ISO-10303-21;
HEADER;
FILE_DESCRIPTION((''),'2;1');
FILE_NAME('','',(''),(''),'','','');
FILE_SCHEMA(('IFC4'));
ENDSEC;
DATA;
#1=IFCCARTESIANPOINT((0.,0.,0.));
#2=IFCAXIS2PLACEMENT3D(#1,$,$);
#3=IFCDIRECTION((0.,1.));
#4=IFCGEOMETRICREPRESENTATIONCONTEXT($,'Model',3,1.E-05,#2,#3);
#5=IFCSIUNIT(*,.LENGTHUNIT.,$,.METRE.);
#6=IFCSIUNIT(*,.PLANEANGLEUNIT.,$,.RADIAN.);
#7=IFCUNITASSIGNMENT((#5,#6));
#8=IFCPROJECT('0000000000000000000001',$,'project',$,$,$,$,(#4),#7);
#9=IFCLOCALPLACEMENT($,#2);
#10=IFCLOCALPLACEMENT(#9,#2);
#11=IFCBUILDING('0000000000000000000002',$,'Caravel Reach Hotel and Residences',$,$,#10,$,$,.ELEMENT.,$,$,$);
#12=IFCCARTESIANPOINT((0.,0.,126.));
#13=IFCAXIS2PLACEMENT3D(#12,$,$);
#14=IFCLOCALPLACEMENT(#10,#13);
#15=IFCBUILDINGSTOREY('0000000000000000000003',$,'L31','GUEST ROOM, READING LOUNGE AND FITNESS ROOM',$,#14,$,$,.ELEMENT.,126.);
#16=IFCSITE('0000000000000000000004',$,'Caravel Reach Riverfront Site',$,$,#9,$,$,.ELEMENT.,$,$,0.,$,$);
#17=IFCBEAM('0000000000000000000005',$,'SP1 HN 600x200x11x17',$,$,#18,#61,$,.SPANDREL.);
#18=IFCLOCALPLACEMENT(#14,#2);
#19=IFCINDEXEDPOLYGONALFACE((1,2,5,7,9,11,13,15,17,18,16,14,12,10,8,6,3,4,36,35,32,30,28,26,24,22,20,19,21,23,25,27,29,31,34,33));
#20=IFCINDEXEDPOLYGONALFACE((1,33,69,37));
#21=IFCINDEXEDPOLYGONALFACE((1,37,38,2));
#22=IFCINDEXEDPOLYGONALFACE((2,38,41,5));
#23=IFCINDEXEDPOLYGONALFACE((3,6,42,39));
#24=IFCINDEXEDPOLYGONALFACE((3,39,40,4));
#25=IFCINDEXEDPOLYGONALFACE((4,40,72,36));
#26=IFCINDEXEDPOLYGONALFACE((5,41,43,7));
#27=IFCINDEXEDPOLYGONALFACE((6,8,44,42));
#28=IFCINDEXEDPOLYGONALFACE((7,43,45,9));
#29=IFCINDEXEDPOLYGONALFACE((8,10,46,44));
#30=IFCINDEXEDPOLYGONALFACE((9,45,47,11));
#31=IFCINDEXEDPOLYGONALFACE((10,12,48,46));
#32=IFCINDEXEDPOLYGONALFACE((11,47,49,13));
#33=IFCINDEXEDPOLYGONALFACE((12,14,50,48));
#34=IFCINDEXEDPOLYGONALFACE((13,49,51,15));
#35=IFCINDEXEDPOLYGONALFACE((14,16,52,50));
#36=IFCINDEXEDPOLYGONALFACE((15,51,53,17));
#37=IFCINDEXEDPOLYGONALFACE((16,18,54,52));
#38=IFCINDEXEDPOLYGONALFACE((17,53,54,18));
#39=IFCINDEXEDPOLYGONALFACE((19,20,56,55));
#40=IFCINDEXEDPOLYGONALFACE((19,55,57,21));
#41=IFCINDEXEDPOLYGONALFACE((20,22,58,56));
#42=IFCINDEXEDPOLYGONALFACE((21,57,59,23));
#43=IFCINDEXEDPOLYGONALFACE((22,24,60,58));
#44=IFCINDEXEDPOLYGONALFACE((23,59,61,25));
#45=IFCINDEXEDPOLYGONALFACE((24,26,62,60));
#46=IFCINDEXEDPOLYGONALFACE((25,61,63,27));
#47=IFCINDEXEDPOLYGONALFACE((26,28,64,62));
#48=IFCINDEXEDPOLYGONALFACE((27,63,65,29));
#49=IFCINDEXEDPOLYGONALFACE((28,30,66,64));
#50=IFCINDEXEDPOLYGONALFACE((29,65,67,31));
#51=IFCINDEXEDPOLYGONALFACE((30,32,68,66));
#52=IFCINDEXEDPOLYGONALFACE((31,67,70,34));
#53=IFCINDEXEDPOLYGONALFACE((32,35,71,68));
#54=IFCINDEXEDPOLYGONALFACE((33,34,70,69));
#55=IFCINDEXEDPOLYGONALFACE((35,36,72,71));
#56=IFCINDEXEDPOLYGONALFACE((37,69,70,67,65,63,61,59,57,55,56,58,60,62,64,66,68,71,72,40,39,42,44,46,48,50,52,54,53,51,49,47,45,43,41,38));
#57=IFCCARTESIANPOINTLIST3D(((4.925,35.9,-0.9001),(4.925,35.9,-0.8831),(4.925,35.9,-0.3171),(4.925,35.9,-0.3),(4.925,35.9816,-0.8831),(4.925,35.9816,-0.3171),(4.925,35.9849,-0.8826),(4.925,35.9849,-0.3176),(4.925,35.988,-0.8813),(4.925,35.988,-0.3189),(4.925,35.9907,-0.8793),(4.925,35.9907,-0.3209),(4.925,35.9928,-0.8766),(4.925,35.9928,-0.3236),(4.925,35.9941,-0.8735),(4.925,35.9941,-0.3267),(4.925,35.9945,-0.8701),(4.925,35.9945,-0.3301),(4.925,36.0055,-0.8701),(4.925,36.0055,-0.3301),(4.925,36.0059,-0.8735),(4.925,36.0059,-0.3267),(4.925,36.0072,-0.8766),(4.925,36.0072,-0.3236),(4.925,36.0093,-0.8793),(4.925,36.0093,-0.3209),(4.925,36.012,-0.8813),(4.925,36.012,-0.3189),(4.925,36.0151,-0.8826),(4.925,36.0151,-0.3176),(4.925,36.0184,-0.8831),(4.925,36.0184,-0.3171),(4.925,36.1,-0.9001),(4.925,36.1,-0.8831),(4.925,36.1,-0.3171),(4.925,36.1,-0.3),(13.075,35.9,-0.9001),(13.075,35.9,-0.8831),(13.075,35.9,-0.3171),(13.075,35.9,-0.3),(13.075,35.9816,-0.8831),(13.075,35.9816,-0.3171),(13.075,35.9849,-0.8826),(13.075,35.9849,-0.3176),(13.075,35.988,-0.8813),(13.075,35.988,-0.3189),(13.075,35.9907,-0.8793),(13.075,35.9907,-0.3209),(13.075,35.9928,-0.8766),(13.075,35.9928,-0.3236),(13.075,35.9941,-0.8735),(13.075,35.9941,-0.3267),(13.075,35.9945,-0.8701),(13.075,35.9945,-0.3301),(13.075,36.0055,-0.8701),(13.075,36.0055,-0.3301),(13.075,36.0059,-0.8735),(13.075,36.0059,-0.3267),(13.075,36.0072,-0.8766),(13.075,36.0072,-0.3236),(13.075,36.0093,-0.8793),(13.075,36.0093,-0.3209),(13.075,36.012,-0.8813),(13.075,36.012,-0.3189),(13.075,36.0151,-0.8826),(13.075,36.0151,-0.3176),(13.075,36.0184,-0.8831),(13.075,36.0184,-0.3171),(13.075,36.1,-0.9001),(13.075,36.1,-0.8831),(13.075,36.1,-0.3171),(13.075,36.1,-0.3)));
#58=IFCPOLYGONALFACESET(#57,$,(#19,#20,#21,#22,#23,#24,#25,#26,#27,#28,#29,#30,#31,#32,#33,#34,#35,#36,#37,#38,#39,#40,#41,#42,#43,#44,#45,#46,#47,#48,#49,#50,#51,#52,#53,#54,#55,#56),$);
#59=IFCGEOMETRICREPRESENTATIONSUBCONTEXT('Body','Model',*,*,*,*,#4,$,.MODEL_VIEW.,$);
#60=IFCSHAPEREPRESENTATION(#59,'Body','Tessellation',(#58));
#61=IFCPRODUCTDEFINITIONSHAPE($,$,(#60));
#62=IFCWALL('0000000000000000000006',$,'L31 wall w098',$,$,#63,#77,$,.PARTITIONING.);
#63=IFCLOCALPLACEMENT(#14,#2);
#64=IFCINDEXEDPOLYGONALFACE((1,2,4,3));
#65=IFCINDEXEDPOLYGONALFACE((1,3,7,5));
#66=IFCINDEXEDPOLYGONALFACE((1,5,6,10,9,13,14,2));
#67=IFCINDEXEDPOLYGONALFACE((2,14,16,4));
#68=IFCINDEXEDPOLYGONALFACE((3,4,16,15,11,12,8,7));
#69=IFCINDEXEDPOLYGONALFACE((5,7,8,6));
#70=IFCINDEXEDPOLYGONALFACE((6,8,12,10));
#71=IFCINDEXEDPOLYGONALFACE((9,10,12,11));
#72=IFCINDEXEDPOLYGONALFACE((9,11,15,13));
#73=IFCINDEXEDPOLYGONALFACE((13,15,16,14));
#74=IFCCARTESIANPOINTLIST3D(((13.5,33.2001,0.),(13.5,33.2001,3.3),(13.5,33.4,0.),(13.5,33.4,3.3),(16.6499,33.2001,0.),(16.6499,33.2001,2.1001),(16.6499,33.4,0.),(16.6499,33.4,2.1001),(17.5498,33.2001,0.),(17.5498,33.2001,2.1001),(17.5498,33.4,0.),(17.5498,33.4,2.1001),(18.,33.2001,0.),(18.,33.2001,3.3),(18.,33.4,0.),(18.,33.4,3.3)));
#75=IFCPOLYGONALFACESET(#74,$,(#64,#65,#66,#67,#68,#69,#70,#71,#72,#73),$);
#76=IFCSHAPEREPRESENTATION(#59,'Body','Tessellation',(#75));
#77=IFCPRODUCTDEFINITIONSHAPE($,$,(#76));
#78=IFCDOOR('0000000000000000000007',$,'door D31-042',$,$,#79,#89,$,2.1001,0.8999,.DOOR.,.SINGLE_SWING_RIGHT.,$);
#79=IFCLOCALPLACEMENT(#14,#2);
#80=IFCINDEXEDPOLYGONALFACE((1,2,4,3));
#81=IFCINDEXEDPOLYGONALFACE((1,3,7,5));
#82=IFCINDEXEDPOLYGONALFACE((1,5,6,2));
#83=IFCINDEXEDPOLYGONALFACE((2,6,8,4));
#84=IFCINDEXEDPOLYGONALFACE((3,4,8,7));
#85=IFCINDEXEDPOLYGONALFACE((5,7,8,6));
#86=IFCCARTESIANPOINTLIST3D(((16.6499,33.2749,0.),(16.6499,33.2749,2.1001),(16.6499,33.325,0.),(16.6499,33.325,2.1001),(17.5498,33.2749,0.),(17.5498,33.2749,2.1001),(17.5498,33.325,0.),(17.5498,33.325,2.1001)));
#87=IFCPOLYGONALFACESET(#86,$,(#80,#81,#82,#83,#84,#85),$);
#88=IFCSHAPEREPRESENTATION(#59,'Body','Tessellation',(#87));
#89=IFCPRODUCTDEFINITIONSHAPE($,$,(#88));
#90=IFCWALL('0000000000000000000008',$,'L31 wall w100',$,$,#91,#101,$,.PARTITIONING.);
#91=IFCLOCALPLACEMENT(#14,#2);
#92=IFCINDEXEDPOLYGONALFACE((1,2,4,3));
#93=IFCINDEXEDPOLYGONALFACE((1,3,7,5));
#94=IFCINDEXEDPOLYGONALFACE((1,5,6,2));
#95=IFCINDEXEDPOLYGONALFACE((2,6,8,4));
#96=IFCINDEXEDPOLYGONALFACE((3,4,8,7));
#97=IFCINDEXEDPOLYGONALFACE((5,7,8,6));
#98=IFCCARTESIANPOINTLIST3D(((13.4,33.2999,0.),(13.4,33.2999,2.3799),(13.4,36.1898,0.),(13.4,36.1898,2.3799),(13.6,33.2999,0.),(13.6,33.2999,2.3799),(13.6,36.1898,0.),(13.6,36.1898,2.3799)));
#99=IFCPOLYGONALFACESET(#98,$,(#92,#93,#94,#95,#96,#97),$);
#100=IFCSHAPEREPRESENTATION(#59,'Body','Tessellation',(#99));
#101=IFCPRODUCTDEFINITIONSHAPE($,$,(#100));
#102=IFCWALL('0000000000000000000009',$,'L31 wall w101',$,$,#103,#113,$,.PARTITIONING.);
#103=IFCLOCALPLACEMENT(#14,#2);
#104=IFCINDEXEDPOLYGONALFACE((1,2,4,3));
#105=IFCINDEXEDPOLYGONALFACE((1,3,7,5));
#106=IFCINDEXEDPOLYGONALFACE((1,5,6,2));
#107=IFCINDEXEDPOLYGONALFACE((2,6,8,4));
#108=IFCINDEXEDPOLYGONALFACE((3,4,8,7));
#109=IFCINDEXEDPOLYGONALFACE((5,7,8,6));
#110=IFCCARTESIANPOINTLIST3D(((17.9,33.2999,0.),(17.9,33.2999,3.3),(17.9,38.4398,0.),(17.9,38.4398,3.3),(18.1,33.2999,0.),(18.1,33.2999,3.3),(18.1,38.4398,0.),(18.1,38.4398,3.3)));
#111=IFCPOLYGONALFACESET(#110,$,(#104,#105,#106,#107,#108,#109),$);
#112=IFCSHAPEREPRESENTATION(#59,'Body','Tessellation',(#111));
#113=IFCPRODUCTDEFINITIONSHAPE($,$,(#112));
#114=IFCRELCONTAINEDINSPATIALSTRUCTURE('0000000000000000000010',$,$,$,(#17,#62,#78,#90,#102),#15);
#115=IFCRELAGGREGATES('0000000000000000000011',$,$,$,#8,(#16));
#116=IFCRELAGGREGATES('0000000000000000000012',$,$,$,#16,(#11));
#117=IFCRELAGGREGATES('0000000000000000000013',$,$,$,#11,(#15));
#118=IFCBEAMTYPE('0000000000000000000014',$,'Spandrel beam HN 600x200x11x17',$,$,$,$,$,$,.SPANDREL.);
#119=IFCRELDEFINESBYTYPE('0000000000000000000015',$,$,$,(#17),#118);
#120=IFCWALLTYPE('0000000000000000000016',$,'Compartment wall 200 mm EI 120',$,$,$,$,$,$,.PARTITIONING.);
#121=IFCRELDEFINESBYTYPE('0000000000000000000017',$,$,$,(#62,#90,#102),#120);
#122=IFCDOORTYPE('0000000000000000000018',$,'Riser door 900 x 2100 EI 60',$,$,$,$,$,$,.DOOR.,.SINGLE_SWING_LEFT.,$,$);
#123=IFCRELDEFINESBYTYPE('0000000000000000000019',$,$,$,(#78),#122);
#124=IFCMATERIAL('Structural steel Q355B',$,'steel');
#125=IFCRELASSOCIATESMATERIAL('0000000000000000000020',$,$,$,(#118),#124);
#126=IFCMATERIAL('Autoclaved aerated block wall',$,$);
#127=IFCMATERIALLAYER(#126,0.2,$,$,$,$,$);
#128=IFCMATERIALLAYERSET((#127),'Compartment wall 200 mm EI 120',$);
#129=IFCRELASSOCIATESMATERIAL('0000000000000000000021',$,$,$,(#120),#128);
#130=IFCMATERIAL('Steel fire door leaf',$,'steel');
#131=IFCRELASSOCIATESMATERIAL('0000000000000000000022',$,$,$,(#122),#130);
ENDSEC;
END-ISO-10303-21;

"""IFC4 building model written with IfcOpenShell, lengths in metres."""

from ifc_helpers import new_model, si_unit, direction, frame, frame_2d, origin, origin_2d, place, context, subcontext, project, spatial, rectangle, i_section, extrude, material, layer, layer_set, material_profile, profile_set, type_object, element, fill, save


model = new_model("IFC4")

# Units and contexts
model_context = context("Model", 3, precision=1e-05, world=origin(), true_north=direction((0.0, 1.0)))
body_context = subcontext(model_context, "Body", "Model", "MODEL_VIEW")
ifc_project = project(units=[si_unit("LENGTHUNIT", "METRE"), si_unit("PLANEANGLEUNIT", "RADIAN")], contexts=[model_context])

# Site, building, storey
site_placement = place(None, origin())
site = spatial("IfcSite", under=ifc_project, at=site_placement, Name="Caravel Reach Riverfront Site", CompositionType="ELEMENT", RefElevation=0.0)
building_placement = place(site_placement, origin())
building = spatial("IfcBuilding", under=site, at=building_placement, Name="Caravel Reach Hotel and Residences", CompositionType="ELEMENT")
storey_placement = place(building_placement, frame((0.0, 0.0, 126.0)))
storey = spatial("IfcBuildingStorey", under=building, at=storey_placement, Name="L31", Description="GUEST ROOM, READING LOUNGE AND FITNESS ROOM", CompositionType="ELEMENT", Elevation=126.0)

# Beam
ifc_material_1 = material(Name="Structural steel Q355B", Category="steel")
ifc_material_profile_1 = material_profile(ifc_material_1, i_section(OverallWidth=0.2, OverallDepth=0.6001, WebThickness=0.011, FlangeThickness=0.0171, FilletRadius=0.0129, at=origin_2d()), Name="HN 600x200x11x17")
ifc_profile_set_1 = profile_set([ifc_material_profile_1], Name="Structural steel Q355B")
beam_type_1 = type_object("IfcBeamType", Name="Spandrel beam HN 600x200x11x17", PredefinedType="SPANDREL", material=ifc_profile_set_1)
beam_1_placement = place(storey_placement, frame((13.075, 36.0, -0.6001), z_axis=(-1.0, 0.0, 0.0), x_axis=(0.0, -1.0, 0.0)))
element("IfcBeam", 1, at=beam_1_placement, inside=storey, type_object=beam_type_1, Name="SP1 HN 600x200x11x17", PredefinedType="SPANDREL", context=body_context, shape_type="SweptSolid", body=[
    extrude(i_section(OverallWidth=0.2, OverallDepth=0.6001, WebThickness=0.011, FlangeThickness=0.0171, FilletRadius=0.0129, at=origin_2d()), origin(), (0.0, 0.0, 1.0), 8.1499),
])

# Wall, opening, door
ifc_material_2 = material(Name="Autoclaved aerated block wall")
ifc_layer_1 = layer(ifc_material_2, 0.2)
ifc_layer_set_1 = layer_set([ifc_layer_1], Name="Compartment wall 200 mm EI 120")
wall_type_1 = type_object("IfcWallType", Name="Compartment wall 200 mm EI 120", PredefinedType="PARTITIONING", material=ifc_layer_set_1)
wall_1_placement = place(storey_placement, frame((13.5, 33.3, 0.0), z_axis=(0.0, 0.0, 1.0), x_axis=(1.0, 0.0, 0.0)))
wall_1 = element("IfcWall", 2, at=wall_1_placement, inside=storey, type_object=wall_type_1, Name="L31 wall w098", PredefinedType="PARTITIONING", context=body_context, shape_type="SweptSolid", body=[
    extrude(rectangle(XDim=4.5, YDim=0.2, at=frame_2d((2.25, 0.0))), origin(), (0.0, 0.0, 1.0), 3.3),
])
opening_1_placement = place(wall_1_placement, frame((3.1499, 0.0, 0.0)))
opening_1 = element("IfcOpeningElement", 3, at=opening_1_placement, cuts=wall_1, PredefinedType="OPENING", context=body_context, shape_type="SweptSolid", body=[
    extrude(rectangle(XDim=0.8999, YDim=2.1001, at=frame_2d((0.45, 1.05))), frame((0.0, 0.1099, 0.0), z_axis=(0.0, -1.0, 0.0), x_axis=(1.0, 0.0, 0.0)), (0.0, 0.0, 1.0), 0.22),
])
ifc_material_3 = material(Name="Steel fire door leaf", Category="steel")
door_type_1 = type_object("IfcDoorType", Name="Riser door 900 x 2100 EI 60", OperationType="SINGLE_SWING_LEFT", PredefinedType="DOOR", material=ifc_material_3)
door_1_placement = place(opening_1_placement, origin())
door_1 = element("IfcDoor", 4, at=door_1_placement, inside=storey, type_object=door_type_1, Name="door D31-042", OperationType="SINGLE_SWING_RIGHT", OverallHeight=2.1001, OverallWidth=0.8999, PredefinedType="DOOR", context=body_context, shape_type="SweptSolid", body=[
    extrude(rectangle(XDim=0.8999, YDim=2.1001, at=frame_2d((0.45, 1.05))), frame((0.0, 0.0249, 0.0), z_axis=(0.0, -1.0, 0.0), x_axis=(1.0, 0.0, 0.0)), (0.0, 0.0, 1.0), 0.05),
])
fill(opening_1, door_1)

# Walls
wall_2_placement = place(storey_placement, frame((13.5, 33.3, 0.0), z_axis=(0.0, 0.0, 1.0), x_axis=(0.0, 1.0, 0.0)))
element("IfcWall", 5, at=wall_2_placement, inside=storey, type_object=wall_type_1, Name="L31 wall w100", PredefinedType="PARTITIONING", context=body_context, shape_type="SweptSolid", body=[
    extrude(rectangle(XDim=2.8899, YDim=0.2, at=frame_2d((1.4448, 0.0))), origin(), (0.0, 0.0, 1.0), 2.3799),
])
wall_3_placement = place(storey_placement, frame((18.0, 33.3, 0.0), z_axis=(0.0, 0.0, 1.0), x_axis=(0.0, 1.0, 0.0)))
element("IfcWall", 6, at=wall_3_placement, inside=storey, type_object=wall_type_1, Name="L31 wall w101", PredefinedType="PARTITIONING", context=body_context, shape_type="SweptSolid", body=[
    extrude(rectangle(XDim=5.1399, YDim=0.2, at=frame_2d((2.5698, 0.0))), origin(), (0.0, 0.0, 1.0), 3.3),
])

save(model, "model.ifc")
